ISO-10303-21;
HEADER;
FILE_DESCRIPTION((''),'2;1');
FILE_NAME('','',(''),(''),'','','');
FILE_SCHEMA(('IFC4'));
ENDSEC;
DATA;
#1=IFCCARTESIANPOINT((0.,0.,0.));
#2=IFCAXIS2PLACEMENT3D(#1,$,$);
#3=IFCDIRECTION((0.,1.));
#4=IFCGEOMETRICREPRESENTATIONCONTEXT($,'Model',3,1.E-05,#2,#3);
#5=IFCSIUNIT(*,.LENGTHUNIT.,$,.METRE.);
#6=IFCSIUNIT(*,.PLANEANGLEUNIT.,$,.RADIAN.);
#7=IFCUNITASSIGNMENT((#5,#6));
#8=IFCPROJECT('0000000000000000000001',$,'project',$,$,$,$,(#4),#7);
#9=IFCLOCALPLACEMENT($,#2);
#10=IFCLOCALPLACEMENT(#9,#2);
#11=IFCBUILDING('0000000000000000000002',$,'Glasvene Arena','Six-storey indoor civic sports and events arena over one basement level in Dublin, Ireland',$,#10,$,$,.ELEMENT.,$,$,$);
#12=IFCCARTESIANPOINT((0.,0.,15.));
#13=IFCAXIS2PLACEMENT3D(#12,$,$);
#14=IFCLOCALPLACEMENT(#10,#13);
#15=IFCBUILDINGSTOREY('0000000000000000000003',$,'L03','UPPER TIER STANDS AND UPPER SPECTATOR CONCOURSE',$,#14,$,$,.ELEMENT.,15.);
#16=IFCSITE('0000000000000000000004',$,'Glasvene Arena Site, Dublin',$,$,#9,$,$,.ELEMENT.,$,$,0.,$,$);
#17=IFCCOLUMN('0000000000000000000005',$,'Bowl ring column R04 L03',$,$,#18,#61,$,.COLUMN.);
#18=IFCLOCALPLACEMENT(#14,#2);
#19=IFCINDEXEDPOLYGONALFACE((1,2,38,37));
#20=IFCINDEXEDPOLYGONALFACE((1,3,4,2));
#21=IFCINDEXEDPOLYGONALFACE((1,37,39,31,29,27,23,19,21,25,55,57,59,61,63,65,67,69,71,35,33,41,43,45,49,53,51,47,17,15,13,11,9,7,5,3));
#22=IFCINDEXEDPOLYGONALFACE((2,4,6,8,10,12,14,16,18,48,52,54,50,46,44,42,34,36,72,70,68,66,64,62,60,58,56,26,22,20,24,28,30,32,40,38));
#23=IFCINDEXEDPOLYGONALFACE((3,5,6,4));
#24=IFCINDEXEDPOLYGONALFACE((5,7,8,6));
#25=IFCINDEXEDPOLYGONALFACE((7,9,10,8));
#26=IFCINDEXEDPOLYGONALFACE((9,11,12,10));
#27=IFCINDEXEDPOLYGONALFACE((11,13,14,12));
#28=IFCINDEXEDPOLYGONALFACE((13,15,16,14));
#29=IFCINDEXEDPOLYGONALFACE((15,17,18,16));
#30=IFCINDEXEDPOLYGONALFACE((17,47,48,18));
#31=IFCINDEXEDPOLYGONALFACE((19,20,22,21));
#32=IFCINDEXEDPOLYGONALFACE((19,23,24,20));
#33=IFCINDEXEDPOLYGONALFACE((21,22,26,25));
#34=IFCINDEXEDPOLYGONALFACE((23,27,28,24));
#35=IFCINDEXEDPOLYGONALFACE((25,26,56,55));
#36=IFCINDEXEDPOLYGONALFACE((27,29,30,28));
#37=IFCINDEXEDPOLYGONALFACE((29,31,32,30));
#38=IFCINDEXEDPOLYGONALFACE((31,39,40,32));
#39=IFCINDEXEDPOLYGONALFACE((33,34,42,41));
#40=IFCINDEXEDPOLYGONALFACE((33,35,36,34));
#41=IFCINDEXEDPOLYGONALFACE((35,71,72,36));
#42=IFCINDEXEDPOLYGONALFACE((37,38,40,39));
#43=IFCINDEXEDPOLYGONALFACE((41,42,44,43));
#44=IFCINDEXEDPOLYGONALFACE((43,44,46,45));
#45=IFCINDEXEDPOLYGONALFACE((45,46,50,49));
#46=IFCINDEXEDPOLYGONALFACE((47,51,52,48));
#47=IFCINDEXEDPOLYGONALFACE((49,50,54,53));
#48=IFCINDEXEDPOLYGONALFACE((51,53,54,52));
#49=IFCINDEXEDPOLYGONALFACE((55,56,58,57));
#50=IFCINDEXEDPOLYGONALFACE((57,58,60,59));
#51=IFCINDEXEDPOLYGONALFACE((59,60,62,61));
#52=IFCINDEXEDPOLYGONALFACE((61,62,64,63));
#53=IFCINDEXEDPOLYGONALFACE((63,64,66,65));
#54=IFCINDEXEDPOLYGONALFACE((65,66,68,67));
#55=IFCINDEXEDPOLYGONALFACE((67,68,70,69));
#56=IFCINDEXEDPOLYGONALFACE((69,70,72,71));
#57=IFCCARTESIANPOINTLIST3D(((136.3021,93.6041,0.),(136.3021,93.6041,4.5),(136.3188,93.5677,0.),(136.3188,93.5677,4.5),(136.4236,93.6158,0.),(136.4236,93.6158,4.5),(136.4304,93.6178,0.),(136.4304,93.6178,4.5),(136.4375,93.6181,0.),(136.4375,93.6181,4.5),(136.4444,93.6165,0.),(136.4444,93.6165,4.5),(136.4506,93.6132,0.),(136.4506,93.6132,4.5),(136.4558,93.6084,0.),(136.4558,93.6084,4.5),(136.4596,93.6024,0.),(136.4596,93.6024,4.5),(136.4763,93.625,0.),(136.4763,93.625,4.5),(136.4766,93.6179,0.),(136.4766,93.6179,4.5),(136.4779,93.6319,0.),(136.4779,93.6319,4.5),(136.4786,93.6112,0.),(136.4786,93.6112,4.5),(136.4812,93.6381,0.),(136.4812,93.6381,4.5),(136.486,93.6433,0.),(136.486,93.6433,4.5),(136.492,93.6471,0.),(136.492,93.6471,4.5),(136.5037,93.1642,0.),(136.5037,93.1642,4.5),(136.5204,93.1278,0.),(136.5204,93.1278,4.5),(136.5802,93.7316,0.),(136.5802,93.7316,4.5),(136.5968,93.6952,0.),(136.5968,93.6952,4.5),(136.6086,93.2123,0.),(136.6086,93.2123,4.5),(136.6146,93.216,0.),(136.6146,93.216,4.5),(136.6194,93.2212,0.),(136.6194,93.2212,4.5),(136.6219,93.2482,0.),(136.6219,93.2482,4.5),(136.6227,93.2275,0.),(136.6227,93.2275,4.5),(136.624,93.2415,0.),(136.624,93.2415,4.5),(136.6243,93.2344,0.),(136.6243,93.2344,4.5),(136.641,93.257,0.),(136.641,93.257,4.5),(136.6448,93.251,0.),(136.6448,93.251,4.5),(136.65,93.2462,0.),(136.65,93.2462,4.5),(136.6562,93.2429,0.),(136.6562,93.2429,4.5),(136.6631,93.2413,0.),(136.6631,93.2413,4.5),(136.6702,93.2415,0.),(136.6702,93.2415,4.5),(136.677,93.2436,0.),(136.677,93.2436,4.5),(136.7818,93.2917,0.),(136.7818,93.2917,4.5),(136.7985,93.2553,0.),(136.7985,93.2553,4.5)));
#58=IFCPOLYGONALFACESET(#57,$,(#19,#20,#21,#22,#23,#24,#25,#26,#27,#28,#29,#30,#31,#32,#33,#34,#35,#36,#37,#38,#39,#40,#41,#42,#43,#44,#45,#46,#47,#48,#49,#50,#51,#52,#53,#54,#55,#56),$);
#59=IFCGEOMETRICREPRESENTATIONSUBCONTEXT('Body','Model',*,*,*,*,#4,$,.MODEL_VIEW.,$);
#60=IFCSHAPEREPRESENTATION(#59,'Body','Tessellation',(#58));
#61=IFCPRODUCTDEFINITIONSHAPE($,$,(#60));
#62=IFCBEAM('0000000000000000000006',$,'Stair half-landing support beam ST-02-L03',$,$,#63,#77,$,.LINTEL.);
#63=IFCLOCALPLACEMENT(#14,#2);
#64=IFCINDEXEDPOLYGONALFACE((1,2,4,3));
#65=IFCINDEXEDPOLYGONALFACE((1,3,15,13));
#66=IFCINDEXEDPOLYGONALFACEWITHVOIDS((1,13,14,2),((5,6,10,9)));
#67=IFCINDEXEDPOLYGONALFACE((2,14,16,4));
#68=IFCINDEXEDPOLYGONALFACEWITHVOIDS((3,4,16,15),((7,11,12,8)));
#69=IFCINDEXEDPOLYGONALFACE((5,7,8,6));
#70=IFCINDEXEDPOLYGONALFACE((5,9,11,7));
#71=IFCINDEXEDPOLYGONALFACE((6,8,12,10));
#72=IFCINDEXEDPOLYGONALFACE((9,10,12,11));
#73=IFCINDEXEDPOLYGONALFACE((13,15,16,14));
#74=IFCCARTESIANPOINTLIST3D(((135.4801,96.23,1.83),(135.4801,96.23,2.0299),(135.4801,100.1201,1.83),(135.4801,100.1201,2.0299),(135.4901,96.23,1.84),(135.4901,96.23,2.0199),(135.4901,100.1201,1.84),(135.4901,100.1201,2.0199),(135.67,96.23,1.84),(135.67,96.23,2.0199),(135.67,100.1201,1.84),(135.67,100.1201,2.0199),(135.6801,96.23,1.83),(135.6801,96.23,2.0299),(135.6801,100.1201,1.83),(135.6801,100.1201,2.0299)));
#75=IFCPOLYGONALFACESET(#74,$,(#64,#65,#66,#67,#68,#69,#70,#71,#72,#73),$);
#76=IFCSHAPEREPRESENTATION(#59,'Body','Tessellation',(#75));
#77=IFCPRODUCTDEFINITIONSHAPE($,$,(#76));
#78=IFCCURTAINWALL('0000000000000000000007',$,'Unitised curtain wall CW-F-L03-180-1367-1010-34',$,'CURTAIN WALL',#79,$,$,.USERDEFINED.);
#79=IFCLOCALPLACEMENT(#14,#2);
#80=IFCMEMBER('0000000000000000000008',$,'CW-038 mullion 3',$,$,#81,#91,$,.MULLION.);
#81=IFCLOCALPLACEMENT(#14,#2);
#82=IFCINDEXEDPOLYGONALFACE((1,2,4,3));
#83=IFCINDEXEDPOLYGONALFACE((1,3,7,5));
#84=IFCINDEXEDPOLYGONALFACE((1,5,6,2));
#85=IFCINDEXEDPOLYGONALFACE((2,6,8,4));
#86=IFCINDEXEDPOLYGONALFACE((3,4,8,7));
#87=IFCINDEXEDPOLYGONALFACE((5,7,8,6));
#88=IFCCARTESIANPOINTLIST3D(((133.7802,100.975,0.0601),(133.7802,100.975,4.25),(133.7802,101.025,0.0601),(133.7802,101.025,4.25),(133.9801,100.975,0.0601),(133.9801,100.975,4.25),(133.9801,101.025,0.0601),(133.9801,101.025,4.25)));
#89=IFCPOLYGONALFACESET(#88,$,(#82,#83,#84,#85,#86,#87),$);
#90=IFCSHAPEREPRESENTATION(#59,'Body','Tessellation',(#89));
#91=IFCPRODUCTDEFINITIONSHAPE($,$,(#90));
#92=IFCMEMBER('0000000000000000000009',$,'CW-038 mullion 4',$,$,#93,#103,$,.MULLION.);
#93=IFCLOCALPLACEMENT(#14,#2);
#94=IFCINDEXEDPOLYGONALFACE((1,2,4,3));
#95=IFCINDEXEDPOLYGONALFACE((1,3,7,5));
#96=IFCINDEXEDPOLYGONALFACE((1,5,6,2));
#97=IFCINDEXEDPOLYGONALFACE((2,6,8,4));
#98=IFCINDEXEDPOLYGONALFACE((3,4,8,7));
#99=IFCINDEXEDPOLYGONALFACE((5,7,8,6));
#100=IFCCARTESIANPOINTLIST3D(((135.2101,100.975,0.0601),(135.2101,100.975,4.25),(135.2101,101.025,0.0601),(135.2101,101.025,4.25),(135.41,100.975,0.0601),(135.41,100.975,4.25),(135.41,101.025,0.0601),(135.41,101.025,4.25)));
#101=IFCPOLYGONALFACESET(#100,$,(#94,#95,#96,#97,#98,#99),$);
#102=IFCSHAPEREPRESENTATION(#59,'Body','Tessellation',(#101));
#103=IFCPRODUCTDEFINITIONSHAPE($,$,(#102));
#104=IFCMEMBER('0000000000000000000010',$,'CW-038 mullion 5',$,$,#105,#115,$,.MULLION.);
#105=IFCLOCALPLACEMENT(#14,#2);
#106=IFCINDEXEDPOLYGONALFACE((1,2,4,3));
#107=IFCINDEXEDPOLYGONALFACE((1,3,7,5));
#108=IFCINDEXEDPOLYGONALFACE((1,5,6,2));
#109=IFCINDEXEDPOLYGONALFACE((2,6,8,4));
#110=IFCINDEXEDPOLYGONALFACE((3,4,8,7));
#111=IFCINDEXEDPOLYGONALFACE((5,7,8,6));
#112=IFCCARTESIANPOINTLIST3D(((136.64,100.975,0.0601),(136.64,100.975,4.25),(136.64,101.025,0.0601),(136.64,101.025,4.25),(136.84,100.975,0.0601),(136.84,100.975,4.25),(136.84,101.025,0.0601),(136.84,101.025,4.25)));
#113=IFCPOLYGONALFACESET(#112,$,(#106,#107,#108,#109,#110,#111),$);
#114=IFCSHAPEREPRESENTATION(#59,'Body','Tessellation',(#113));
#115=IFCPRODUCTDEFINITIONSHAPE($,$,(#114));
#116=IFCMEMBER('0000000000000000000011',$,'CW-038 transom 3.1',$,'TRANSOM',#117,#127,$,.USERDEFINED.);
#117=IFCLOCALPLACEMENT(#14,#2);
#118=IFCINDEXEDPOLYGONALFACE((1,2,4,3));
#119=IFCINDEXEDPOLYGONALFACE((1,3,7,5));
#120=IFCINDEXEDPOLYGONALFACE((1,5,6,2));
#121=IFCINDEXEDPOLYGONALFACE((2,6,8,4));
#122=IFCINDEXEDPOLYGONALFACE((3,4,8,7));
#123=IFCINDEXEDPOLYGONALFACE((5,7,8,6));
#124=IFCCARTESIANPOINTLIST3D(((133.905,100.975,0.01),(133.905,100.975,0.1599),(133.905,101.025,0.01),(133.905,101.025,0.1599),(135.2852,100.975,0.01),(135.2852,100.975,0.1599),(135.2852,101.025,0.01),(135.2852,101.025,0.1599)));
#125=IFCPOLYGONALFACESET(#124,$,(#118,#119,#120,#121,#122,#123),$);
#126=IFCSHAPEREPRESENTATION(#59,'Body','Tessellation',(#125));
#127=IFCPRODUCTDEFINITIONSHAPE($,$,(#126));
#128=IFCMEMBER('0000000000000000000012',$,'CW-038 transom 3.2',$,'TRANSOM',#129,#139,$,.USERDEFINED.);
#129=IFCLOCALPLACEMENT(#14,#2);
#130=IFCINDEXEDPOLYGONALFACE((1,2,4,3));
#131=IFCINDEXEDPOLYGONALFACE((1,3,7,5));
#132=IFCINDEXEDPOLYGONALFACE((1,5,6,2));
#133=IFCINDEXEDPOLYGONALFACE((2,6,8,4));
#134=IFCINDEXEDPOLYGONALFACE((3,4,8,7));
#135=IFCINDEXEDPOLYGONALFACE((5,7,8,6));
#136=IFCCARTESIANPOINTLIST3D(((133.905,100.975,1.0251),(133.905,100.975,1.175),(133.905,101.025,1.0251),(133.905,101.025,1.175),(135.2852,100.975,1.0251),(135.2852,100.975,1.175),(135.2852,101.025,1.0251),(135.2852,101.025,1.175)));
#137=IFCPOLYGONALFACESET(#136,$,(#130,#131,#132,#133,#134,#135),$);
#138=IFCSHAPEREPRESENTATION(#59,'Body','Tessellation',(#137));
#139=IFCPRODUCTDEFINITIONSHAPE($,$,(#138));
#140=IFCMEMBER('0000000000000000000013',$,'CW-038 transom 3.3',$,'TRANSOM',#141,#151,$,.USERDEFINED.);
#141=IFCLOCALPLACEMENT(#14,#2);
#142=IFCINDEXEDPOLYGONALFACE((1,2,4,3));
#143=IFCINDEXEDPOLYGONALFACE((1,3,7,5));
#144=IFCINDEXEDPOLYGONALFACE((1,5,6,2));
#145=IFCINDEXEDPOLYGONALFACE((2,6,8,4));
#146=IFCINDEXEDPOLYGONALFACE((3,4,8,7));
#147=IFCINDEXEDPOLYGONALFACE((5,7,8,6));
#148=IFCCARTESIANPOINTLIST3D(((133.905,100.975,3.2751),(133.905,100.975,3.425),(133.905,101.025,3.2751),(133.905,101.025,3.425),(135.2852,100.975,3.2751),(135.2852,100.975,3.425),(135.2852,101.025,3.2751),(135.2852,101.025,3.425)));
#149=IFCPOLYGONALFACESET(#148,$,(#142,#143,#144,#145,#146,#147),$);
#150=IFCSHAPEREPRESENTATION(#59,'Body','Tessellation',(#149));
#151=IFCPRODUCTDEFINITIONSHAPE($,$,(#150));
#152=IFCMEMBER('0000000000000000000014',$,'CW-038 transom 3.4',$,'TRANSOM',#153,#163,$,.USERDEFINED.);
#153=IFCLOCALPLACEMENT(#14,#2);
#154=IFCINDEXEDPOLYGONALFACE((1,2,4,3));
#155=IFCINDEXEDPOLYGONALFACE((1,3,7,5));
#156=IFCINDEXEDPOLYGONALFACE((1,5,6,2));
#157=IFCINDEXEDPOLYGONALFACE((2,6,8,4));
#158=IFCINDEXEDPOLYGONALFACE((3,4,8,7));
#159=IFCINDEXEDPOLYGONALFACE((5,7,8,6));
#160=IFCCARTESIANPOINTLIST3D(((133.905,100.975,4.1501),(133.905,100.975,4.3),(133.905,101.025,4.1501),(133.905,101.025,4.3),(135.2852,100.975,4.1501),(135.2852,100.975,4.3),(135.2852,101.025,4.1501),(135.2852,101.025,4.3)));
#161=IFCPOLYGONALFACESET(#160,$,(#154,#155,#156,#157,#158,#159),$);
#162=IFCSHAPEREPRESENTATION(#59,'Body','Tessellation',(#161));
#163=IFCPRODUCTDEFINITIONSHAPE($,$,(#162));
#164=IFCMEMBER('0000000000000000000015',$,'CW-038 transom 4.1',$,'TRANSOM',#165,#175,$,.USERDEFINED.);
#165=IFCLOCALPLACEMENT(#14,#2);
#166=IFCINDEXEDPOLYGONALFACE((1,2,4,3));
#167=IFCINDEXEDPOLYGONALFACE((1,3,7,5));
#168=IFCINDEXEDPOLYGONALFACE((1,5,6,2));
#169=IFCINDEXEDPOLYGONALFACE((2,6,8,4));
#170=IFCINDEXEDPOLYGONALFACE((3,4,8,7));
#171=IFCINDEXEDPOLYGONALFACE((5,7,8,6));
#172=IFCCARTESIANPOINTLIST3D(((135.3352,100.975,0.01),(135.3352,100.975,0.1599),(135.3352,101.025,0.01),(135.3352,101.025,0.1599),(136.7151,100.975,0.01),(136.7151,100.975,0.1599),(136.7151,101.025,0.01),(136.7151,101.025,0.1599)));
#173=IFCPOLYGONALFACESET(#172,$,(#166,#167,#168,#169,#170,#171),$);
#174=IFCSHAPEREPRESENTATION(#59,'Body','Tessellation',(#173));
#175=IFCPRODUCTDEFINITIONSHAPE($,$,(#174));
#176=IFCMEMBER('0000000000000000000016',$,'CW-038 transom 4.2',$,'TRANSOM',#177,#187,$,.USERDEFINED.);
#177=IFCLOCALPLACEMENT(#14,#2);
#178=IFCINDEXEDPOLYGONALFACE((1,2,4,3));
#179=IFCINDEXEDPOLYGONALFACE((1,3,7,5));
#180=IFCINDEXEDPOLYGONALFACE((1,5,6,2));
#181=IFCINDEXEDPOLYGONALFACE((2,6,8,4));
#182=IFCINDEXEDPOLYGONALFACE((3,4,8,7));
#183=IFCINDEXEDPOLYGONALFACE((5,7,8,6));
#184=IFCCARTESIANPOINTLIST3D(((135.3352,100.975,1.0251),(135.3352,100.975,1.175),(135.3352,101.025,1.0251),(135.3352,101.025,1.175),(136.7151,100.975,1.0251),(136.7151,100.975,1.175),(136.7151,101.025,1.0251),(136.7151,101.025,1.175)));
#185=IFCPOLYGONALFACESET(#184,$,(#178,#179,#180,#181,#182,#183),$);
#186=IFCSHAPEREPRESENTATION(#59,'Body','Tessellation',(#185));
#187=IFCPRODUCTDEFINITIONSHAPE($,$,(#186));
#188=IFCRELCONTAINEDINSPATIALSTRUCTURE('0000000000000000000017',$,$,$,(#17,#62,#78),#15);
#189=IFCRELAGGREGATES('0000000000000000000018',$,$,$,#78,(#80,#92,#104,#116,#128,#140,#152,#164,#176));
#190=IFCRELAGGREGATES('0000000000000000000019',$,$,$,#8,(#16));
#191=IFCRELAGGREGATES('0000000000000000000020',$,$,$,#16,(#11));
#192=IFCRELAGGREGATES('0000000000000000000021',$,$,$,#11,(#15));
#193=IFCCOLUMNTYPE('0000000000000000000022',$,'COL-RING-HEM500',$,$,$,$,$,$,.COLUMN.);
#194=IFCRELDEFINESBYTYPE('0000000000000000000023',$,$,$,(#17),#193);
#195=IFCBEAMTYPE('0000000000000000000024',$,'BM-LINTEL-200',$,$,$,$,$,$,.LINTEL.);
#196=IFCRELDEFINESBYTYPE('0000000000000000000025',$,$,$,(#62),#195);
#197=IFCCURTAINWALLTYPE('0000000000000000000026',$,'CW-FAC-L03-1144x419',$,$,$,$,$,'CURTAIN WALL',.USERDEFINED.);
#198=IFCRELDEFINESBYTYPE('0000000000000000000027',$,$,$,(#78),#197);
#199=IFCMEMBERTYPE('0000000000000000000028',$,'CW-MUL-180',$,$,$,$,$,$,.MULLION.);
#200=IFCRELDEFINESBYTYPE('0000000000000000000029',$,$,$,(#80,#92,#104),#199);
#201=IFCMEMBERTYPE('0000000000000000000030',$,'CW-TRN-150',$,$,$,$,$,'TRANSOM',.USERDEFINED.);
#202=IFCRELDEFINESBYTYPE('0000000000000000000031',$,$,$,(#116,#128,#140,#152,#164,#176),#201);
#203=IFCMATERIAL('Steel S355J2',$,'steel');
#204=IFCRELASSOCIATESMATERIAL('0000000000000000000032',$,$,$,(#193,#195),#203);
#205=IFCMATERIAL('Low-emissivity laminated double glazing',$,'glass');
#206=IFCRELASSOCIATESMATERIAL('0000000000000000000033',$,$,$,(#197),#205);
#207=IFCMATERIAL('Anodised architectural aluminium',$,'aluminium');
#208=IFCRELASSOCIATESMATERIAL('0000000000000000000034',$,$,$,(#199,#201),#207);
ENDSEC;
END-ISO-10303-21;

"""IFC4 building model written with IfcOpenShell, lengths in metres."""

from ifc_helpers import new_model, si_unit, direction, frame, origin, origin_2d, place, context, subcontext, project, spatial, rectangle, hollow_rectangle, i_section, extrude, material, material_profile, profile_set, type_object, element, aggregate, save


model = new_model("IFC4")

# Units and contexts
model_context = context("Model", 3, precision=1e-05, world=origin(), true_north=direction((0.0, 1.0)))
body_context = subcontext(model_context, "Body", "Model", "MODEL_VIEW")
ifc_project = project(units=[si_unit("LENGTHUNIT", "METRE"), si_unit("PLANEANGLEUNIT", "RADIAN")], contexts=[model_context])

# Site, building, storey
site_placement = place(None, origin())
site = spatial("IfcSite", under=ifc_project, at=site_placement, Name="Glasvene Arena Site, Dublin", CompositionType="ELEMENT", RefElevation=0.0)
building_placement = place(site_placement, origin())
building = spatial("IfcBuilding", under=site, at=building_placement, Name="Glasvene Arena", Description="Six-storey indoor civic sports and events arena over one basement level in Dublin, Ireland", CompositionType="ELEMENT")
storey_placement = place(building_placement, frame((0.0, 0.0, 15.0)))
storey = spatial("IfcBuildingStorey", under=building, at=storey_placement, Name="L03", Description="UPPER TIER STANDS AND UPPER SPECTATOR CONCOURSE", CompositionType="ELEMENT", Elevation=15.0)

# Column
ifc_material_1 = material(Name="Steel S355J2", Category="steel")
ifc_material_profile_1 = material_profile(ifc_material_1, i_section(OverallWidth=0.3059, OverallDepth=0.5239, WebThickness=0.021, FlangeThickness=0.04, FilletRadius=0.0271, at=origin_2d()), Name="HEM 500")
ifc_profile_set_1 = profile_set([ifc_material_profile_1], Name="Steel S355J2")
column_type = type_object("IfcColumnType", Name="COL-RING-HEM500", PredefinedType="COLUMN", material=ifc_profile_set_1)
column_placement = place(storey_placement, frame((136.5503, 93.4297, 0.0), z_axis=(0.0, 0.0, 1.0), x_axis=(0.909018, 0.416757, 0.0)))
element("IfcColumn", 1, at=column_placement, inside=storey, type_object=column_type, Name="Bowl ring column R04 L03", PredefinedType="COLUMN", context=body_context, shape_type="SweptSolid", body=[
    extrude(i_section(OverallWidth=0.3059, OverallDepth=0.5239, WebThickness=0.021, FlangeThickness=0.04, FilletRadius=0.0271, at=origin_2d()), origin(), (0.0, 0.0, 1.0), 4.5),
])

# Beam
ifc_material_profile_2 = material_profile(ifc_material_1, hollow_rectangle(XDim=0.2, YDim=0.2, WallThickness=0.01, at=origin_2d()), Name="SHS 200x200x10.0")
ifc_profile_set_2 = profile_set([ifc_material_profile_2], Name="Steel S355J2")
beam_type = type_object("IfcBeamType", Name="BM-LINTEL-200", PredefinedType="LINTEL", material=ifc_profile_set_2)
beam_placement = place(storey_placement, frame((135.5801, 96.23, 1.9299), z_axis=(0.0, 1.0, 0.0), x_axis=(-1.0, 0.0, 0.0)))
element("IfcBeam", 2, at=beam_placement, inside=storey, type_object=beam_type, Name="Stair half-landing support beam ST-02-L03", PredefinedType="LINTEL", context=body_context, shape_type="SweptSolid", body=[
    extrude(hollow_rectangle(XDim=0.2, YDim=0.2, WallThickness=0.01, at=origin_2d()), origin(), (0.0, 0.0, 1.0), 3.8901),
])

# Curtain wall, members
ifc_material_2 = material(Name="Low-emissivity laminated double glazing", Category="glass")
curtain_wall_type = type_object("IfcCurtainWallType", Name="CW-FAC-L03-1144x419", ElementType="CURTAIN WALL", PredefinedType="USERDEFINED", material=ifc_material_2)
curtain_wall_placement = place(storey_placement, frame((131.0203, 101.0, 0.0)))
curtain_wall = element("IfcCurtainWall", 3, at=curtain_wall_placement, inside=storey, type_object=curtain_wall_type, Name="Unitised curtain wall CW-F-L03-180-1367-1010-34", ObjectType="CURTAIN WALL", PredefinedType="USERDEFINED")
ifc_material_3 = material(Name="Anodised architectural aluminium", Category="aluminium")
ifc_material_profile_3 = material_profile(ifc_material_3, rectangle(XDim=0.05, YDim=0.2, at=origin_2d()), Name="ALU MULLION 50x200")
ifc_profile_set_3 = profile_set([ifc_material_profile_3], Name="Anodised architectural aluminium")
member_type_1 = type_object("IfcMemberType", Name="CW-MUL-180", PredefinedType="MULLION", material=ifc_profile_set_3)
member_1_placement = place(storey_placement, frame((133.8801, 101.0, 0.0601), z_axis=(0.0, 0.0, 1.0), x_axis=(0.0, 1.0, 0.0)))
member_1 = element("IfcMember", 4, at=member_1_placement, type_object=member_type_1, Name="CW-038 mullion 3", PredefinedType="MULLION", context=body_context, shape_type="SweptSolid", body=[
    extrude(rectangle(XDim=0.05, YDim=0.2, at=origin_2d()), origin(), (0.0, 0.0, 1.0), 4.1899),
])
member_2_placement = place(storey_placement, frame((135.3101, 101.0, 0.0601), z_axis=(0.0, 0.0, 1.0), x_axis=(0.0, 1.0, 0.0)))
member_2 = element("IfcMember", 5, at=member_2_placement, type_object=member_type_1, Name="CW-038 mullion 4", PredefinedType="MULLION", context=body_context, shape_type="SweptSolid", body=[
    extrude(rectangle(XDim=0.05, YDim=0.2, at=origin_2d()), origin(), (0.0, 0.0, 1.0), 4.1899),
])
member_3_placement = place(storey_placement, frame((136.74, 101.0, 0.0601), z_axis=(0.0, 0.0, 1.0), x_axis=(0.0, 1.0, 0.0)))
member_3 = element("IfcMember", 6, at=member_3_placement, type_object=member_type_1, Name="CW-038 mullion 5", PredefinedType="MULLION", context=body_context, shape_type="SweptSolid", body=[
    extrude(rectangle(XDim=0.05, YDim=0.2, at=origin_2d()), origin(), (0.0, 0.0, 1.0), 4.1899),
])
ifc_material_profile_4 = material_profile(ifc_material_3, rectangle(XDim=0.05, YDim=0.1499, at=origin_2d()), Name="ALU TRANSOM 50x150")
ifc_profile_set_4 = profile_set([ifc_material_profile_4], Name="Anodised architectural aluminium")
member_type_2 = type_object("IfcMemberType", Name="CW-TRN-150", ElementType="TRANSOM", PredefinedType="USERDEFINED", material=ifc_profile_set_4)
member_4_placement = place(storey_placement, frame((133.905, 101.0, 0.085), z_axis=(1.0, 0.0, 0.0), x_axis=(0.0, 1.0, 0.0)))
member_4 = element("IfcMember", 7, at=member_4_placement, type_object=member_type_2, Name="CW-038 transom 3.1", ObjectType="TRANSOM", PredefinedType="USERDEFINED", context=body_context, shape_type="SweptSolid", body=[
    extrude(rectangle(XDim=0.05, YDim=0.1499, at=origin_2d()), origin(), (0.0, 0.0, 1.0), 1.3801),
])
member_5_placement = place(storey_placement, frame((133.905, 101.0, 1.1001), z_axis=(1.0, 0.0, 0.0), x_axis=(0.0, 1.0, 0.0)))
member_5 = element("IfcMember", 8, at=member_5_placement, type_object=member_type_2, Name="CW-038 transom 3.2", ObjectType="TRANSOM", PredefinedType="USERDEFINED", context=body_context, shape_type="SweptSolid", body=[
    extrude(rectangle(XDim=0.05, YDim=0.1499, at=origin_2d()), origin(), (0.0, 0.0, 1.0), 1.3801),
])
member_6_placement = place(storey_placement, frame((133.905, 101.0, 3.3501), z_axis=(1.0, 0.0, 0.0), x_axis=(0.0, 1.0, 0.0)))
member_6 = element("IfcMember", 9, at=member_6_placement, type_object=member_type_2, Name="CW-038 transom 3.3", ObjectType="TRANSOM", PredefinedType="USERDEFINED", context=body_context, shape_type="SweptSolid", body=[
    extrude(rectangle(XDim=0.05, YDim=0.1499, at=origin_2d()), origin(), (0.0, 0.0, 1.0), 1.3801),
])
member_7_placement = place(storey_placement, frame((133.905, 101.0, 4.2251), z_axis=(1.0, 0.0, 0.0), x_axis=(0.0, 1.0, 0.0)))
member_7 = element("IfcMember", 10, at=member_7_placement, type_object=member_type_2, Name="CW-038 transom 3.4", ObjectType="TRANSOM", PredefinedType="USERDEFINED", context=body_context, shape_type="SweptSolid", body=[
    extrude(rectangle(XDim=0.05, YDim=0.1499, at=origin_2d()), origin(), (0.0, 0.0, 1.0), 1.3801),
])
member_8_placement = place(storey_placement, frame((135.3352, 101.0, 0.085), z_axis=(1.0, 0.0, 0.0), x_axis=(0.0, 1.0, 0.0)))
member_8 = element("IfcMember", 11, at=member_8_placement, type_object=member_type_2, Name="CW-038 transom 4.1", ObjectType="TRANSOM", PredefinedType="USERDEFINED", context=body_context, shape_type="SweptSolid", body=[
    extrude(rectangle(XDim=0.05, YDim=0.1499, at=origin_2d()), origin(), (0.0, 0.0, 1.0), 1.3799),
])
member_9_placement = place(storey_placement, frame((135.3352, 101.0, 1.1001), z_axis=(1.0, 0.0, 0.0), x_axis=(0.0, 1.0, 0.0)))
member_9 = element("IfcMember", 12, at=member_9_placement, type_object=member_type_2, Name="CW-038 transom 4.2", ObjectType="TRANSOM", PredefinedType="USERDEFINED", context=body_context, shape_type="SweptSolid", body=[
    extrude(rectangle(XDim=0.05, YDim=0.1499, at=origin_2d()), origin(), (0.0, 0.0, 1.0), 1.3799),
])
aggregate(curtain_wall, [member_1, member_2, member_3, member_4, member_5, member_6, member_7, member_8, member_9])

save(model, "model.ifc")
